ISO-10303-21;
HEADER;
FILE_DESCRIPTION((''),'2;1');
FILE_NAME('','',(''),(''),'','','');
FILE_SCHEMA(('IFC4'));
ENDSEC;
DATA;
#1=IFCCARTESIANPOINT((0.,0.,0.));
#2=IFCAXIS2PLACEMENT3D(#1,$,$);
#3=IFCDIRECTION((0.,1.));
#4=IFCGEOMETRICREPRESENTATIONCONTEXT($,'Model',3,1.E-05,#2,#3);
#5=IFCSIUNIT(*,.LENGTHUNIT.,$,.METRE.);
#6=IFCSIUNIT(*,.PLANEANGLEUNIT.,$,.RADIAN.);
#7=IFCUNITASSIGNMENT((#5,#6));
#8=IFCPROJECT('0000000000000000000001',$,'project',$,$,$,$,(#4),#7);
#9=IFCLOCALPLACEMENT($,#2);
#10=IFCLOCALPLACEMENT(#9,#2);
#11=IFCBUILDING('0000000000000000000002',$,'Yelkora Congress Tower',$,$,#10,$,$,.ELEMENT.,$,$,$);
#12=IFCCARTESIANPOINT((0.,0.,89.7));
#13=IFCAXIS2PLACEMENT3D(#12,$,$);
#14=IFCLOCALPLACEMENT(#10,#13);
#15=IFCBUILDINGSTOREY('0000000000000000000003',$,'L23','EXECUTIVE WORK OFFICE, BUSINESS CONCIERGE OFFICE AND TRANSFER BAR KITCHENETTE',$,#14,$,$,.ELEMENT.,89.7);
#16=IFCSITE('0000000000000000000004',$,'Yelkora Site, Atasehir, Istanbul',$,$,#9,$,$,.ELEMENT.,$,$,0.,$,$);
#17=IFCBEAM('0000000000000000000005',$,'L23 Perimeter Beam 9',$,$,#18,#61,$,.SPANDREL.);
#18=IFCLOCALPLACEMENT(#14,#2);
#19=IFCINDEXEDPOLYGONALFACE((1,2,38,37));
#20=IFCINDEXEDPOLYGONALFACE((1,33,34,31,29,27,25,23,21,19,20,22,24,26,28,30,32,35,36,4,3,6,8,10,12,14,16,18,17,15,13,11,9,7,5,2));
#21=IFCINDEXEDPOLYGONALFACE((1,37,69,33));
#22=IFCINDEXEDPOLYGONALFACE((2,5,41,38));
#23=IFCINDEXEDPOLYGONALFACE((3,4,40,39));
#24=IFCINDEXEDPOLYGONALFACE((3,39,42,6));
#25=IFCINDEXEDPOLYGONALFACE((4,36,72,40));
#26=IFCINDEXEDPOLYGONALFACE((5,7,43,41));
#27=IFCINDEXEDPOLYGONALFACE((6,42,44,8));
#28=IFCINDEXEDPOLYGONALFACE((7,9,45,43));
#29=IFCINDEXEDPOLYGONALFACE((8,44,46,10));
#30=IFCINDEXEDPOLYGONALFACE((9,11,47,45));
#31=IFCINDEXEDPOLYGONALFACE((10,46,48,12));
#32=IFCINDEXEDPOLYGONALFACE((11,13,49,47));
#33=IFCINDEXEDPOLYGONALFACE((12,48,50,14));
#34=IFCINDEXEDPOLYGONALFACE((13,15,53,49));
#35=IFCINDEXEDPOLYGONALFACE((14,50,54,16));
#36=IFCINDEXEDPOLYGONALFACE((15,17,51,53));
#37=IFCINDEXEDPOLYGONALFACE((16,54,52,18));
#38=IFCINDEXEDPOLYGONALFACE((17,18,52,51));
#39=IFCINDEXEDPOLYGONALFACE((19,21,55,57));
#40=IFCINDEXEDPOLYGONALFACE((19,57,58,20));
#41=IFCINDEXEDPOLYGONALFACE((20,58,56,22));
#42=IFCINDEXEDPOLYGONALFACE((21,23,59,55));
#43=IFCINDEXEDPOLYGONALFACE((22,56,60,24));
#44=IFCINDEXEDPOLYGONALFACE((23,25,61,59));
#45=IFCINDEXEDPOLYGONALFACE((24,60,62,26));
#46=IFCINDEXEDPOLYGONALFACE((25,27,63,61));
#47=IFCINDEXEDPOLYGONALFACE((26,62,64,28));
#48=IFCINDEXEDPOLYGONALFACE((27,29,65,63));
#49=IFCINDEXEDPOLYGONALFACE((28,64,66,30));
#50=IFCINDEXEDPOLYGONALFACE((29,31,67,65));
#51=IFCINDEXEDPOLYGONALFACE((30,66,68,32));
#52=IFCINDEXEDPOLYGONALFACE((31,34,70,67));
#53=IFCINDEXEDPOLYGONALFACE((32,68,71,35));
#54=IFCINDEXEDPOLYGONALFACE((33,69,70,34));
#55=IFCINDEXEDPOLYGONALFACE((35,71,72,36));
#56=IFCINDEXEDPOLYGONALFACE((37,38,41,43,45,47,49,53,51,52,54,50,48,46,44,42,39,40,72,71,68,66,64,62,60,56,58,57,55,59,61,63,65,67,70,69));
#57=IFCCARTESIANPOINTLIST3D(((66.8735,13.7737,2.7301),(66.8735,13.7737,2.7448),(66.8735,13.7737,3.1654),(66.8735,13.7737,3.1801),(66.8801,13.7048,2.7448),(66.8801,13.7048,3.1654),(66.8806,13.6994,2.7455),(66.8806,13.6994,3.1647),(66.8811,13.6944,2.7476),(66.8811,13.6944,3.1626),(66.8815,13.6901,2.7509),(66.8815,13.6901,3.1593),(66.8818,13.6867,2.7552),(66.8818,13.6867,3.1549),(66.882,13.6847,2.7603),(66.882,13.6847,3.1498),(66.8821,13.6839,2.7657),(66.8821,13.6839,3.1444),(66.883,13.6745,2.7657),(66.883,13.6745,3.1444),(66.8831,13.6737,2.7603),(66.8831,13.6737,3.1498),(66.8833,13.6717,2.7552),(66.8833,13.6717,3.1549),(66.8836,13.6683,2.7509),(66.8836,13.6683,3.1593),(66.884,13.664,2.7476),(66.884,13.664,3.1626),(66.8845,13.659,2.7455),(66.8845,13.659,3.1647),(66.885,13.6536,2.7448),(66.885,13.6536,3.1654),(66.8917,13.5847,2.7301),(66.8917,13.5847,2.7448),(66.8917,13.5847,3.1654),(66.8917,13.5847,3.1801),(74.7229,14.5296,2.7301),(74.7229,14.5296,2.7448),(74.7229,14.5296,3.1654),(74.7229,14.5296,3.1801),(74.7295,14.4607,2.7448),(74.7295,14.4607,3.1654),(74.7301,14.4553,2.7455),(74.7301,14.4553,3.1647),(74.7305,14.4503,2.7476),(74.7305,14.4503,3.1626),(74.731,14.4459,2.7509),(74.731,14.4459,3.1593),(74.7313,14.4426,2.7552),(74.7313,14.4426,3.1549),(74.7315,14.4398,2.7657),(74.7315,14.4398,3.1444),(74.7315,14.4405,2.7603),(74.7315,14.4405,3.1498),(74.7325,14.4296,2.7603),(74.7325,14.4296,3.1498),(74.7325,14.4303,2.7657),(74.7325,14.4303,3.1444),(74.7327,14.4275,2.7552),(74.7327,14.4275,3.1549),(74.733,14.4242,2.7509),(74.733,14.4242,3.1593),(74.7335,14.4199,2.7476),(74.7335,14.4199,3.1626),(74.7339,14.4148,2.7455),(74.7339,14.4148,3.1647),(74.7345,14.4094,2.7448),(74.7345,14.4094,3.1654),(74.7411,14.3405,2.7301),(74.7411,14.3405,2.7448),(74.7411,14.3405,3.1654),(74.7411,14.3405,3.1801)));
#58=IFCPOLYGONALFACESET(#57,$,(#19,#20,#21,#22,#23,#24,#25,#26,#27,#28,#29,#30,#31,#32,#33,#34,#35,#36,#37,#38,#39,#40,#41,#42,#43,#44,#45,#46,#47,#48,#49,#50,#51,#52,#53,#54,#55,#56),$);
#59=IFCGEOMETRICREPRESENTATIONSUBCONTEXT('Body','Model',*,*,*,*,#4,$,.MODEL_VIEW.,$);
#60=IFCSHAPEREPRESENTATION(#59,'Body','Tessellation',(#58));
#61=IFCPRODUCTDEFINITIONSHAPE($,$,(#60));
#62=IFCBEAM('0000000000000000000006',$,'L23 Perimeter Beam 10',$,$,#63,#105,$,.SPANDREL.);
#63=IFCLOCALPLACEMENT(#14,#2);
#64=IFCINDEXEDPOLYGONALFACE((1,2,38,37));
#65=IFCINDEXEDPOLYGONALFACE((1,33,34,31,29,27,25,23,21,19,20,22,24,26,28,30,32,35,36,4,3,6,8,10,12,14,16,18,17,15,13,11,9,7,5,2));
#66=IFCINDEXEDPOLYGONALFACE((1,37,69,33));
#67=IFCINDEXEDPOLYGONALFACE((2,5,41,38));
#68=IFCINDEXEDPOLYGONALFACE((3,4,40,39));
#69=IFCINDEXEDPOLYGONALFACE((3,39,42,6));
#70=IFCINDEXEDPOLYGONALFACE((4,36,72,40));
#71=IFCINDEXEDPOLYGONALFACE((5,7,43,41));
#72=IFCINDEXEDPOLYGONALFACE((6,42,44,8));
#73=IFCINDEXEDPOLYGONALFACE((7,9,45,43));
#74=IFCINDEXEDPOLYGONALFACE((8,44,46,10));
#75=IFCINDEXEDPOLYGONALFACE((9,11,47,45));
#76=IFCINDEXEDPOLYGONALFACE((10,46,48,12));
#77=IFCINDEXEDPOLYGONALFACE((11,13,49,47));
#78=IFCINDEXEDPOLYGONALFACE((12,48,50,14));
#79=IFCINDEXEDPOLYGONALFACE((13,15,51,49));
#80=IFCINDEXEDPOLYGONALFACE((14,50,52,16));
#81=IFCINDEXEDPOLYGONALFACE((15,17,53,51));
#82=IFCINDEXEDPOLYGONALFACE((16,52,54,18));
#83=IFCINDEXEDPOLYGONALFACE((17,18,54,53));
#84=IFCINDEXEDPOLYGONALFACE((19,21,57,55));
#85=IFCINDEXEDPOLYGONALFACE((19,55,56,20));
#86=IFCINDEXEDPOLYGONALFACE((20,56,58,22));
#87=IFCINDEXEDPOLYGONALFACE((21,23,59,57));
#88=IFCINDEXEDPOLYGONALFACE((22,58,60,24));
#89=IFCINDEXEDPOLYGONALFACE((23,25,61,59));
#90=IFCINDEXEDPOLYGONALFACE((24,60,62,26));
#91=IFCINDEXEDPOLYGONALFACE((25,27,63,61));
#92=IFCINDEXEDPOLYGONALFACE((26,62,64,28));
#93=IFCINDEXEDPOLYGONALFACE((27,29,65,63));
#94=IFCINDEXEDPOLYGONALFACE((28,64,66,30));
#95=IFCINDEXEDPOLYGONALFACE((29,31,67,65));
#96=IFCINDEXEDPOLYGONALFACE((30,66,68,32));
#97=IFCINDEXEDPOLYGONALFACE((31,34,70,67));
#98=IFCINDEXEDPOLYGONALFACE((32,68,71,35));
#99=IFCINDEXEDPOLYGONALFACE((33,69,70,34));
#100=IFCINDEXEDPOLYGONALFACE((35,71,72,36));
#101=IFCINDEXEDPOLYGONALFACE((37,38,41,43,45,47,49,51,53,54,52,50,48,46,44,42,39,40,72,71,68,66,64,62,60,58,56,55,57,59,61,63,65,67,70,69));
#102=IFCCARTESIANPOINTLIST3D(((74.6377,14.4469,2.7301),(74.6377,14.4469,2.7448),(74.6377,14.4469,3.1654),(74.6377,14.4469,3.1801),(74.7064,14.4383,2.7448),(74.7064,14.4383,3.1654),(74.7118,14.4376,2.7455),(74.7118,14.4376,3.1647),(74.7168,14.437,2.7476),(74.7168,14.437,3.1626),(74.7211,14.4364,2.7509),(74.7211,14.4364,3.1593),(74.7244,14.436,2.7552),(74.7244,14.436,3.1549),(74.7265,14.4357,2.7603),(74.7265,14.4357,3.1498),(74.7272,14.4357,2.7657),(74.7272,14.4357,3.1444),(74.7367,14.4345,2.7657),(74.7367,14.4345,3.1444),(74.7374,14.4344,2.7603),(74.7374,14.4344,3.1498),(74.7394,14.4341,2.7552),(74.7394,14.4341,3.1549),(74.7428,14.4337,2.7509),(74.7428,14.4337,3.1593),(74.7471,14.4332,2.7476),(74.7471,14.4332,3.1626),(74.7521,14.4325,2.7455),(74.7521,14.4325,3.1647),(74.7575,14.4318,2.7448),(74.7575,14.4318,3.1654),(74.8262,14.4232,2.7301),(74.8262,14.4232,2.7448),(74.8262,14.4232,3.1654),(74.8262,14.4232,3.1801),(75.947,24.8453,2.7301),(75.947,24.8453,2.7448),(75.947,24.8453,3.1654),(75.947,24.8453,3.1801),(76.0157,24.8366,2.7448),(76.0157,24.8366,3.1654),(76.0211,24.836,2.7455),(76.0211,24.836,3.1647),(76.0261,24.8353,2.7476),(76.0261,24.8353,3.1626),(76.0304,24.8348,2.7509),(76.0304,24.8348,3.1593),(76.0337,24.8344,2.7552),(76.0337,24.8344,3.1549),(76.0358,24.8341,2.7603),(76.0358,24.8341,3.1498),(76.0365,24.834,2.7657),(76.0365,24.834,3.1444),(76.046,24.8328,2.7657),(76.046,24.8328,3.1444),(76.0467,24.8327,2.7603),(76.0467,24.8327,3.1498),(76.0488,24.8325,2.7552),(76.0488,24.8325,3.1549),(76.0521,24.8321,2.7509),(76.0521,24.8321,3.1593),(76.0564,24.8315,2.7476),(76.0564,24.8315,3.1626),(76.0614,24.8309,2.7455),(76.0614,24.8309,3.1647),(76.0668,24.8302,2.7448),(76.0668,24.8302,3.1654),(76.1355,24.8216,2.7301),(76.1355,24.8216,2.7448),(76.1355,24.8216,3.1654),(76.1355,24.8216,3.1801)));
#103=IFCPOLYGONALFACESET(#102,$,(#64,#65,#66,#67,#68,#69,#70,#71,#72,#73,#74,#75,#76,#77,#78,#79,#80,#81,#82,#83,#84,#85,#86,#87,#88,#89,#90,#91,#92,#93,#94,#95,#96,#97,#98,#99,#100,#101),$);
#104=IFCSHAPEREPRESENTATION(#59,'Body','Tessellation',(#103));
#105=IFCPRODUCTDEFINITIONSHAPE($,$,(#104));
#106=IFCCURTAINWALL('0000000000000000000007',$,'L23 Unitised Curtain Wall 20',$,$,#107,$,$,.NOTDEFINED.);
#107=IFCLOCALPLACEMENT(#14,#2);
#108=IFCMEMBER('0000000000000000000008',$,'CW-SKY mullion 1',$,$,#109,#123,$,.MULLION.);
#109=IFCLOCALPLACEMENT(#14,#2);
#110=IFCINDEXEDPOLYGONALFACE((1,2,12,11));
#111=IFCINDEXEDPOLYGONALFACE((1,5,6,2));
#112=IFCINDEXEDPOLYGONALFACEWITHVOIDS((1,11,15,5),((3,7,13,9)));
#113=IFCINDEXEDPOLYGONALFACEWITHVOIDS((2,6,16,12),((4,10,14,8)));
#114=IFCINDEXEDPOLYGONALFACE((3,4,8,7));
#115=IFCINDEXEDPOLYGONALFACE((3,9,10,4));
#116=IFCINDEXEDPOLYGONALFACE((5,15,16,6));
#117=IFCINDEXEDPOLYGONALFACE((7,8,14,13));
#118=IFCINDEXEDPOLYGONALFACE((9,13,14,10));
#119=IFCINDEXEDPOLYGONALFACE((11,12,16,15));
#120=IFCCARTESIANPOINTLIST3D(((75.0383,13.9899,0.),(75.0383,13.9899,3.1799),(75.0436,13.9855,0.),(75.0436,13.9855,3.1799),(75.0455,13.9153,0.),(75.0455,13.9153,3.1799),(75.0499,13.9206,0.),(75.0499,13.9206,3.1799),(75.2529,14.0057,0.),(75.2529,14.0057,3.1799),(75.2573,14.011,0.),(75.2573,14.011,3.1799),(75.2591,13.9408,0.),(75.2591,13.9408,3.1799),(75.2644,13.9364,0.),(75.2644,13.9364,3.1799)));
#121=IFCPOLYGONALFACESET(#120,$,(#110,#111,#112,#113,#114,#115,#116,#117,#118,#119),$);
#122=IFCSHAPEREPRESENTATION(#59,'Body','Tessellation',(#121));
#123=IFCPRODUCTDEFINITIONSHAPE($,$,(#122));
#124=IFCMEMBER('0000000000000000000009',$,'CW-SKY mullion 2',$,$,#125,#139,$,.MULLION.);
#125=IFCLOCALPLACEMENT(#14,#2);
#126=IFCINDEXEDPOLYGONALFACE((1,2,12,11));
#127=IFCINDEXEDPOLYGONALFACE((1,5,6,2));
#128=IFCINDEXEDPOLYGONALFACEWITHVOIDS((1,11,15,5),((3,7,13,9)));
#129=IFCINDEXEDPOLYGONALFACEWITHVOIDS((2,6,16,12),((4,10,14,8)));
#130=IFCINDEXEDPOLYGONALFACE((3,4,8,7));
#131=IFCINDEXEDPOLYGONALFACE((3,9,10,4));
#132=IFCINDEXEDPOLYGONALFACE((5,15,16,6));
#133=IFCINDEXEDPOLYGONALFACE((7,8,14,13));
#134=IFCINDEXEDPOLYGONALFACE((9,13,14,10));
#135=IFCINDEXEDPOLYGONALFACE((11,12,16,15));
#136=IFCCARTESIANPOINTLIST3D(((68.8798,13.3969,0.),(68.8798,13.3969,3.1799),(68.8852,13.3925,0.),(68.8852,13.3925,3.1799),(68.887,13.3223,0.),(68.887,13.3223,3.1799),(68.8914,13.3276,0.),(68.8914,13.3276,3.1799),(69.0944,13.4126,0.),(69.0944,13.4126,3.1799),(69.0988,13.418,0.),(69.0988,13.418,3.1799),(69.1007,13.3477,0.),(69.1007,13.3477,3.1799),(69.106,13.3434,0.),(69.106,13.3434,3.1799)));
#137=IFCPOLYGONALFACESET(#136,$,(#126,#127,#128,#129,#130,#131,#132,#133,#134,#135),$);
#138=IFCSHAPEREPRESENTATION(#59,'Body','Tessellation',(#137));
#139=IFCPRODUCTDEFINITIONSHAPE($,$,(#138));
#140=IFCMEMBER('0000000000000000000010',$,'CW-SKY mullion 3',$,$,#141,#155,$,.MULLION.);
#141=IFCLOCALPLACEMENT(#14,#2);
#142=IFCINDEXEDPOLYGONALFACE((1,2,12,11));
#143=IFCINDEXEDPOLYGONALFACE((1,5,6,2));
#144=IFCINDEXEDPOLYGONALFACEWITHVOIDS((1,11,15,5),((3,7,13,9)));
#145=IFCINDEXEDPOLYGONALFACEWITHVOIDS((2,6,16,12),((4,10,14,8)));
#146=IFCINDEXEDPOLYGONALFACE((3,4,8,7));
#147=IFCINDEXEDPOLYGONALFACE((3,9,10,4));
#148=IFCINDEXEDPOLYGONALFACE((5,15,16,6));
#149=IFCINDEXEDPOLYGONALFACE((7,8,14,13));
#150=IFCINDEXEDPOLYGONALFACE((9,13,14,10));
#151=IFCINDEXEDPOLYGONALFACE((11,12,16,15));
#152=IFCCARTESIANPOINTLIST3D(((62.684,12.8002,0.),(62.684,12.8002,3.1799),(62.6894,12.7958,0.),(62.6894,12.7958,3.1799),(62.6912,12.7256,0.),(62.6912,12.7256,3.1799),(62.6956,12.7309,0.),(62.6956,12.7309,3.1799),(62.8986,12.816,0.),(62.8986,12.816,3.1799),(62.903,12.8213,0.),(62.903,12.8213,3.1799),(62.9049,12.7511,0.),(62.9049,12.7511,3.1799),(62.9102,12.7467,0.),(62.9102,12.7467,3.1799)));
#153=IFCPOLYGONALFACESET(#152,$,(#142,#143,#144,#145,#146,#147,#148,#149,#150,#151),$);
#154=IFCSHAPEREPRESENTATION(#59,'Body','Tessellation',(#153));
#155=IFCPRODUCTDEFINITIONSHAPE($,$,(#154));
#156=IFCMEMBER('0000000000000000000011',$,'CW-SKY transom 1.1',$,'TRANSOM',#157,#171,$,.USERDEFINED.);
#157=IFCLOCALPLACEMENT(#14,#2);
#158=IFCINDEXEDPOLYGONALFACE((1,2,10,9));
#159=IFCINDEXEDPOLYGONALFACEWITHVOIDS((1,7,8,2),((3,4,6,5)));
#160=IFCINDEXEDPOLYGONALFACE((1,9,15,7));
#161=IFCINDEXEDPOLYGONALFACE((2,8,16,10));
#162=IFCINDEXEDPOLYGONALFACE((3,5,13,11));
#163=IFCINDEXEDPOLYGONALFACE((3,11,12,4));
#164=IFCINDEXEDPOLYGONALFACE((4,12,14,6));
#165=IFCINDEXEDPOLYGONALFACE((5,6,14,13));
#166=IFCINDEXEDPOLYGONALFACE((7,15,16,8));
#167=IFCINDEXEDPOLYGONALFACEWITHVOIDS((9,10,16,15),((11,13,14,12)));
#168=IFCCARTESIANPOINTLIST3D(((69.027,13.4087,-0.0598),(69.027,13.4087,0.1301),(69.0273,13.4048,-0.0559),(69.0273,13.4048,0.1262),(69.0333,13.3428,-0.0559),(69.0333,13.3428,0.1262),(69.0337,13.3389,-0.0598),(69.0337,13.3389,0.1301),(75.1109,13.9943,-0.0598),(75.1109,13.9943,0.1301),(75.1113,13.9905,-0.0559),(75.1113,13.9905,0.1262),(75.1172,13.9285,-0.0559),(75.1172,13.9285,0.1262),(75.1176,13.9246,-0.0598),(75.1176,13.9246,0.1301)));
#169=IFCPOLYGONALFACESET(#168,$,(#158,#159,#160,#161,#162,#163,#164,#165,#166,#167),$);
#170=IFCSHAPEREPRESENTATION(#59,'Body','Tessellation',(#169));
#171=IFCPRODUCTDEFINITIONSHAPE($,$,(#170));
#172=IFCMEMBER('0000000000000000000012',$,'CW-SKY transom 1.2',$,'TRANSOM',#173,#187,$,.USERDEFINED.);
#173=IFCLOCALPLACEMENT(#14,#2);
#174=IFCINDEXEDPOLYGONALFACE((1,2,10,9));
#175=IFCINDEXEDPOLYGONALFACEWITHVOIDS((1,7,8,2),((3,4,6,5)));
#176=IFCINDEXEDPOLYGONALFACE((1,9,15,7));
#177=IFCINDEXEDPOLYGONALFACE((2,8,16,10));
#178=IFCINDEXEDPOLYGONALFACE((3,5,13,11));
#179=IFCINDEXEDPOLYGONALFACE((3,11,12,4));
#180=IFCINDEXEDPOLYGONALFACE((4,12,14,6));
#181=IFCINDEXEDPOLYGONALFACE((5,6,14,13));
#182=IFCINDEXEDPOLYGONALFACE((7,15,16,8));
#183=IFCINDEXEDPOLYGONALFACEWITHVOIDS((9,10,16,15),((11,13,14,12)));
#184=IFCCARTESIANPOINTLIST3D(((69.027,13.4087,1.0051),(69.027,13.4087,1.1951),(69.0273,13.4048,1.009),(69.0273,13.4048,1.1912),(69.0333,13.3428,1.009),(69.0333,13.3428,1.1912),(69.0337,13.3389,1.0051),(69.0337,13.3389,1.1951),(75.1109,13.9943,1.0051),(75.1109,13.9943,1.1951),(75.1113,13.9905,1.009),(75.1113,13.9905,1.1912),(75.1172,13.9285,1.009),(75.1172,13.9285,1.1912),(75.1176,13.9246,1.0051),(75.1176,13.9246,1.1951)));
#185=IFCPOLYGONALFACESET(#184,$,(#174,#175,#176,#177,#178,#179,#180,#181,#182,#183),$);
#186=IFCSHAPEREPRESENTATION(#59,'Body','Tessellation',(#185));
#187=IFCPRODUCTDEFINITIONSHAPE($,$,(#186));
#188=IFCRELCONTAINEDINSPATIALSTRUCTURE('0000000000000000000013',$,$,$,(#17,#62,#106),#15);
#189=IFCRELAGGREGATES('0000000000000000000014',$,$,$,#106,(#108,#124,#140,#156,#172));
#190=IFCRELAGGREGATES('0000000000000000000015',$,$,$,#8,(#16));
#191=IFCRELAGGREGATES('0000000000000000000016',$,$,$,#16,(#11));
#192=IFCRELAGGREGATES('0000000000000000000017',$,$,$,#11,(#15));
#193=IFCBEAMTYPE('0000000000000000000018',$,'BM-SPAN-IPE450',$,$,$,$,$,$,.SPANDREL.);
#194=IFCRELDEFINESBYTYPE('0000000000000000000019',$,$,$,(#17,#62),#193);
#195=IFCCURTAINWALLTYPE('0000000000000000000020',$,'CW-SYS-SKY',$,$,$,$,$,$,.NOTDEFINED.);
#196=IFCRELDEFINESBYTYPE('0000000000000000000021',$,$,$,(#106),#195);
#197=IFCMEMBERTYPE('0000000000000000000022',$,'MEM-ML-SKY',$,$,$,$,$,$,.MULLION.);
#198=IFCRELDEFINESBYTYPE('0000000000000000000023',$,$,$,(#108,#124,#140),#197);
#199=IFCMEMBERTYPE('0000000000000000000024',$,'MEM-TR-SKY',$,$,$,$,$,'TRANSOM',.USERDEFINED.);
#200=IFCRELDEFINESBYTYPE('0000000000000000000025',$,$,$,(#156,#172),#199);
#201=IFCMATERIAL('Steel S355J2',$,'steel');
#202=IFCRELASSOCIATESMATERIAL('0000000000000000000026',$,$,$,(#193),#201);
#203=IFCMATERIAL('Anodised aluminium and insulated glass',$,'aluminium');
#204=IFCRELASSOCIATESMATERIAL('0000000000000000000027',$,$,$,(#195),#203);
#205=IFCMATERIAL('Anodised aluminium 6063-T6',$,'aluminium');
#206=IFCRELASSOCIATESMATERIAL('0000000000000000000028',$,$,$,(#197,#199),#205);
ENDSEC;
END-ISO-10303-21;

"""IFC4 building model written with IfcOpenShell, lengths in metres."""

from ifc_helpers import new_model, si_unit, direction, frame, origin, origin_2d, place, context, subcontext, project, spatial, hollow_rectangle, i_section, extrude, material, material_profile, profile_set, type_object, element, aggregate, save


model = new_model("IFC4")

# Units and contexts
model_context = context("Model", 3, precision=1e-05, world=origin(), true_north=direction((0.0, 1.0)))
body_context = subcontext(model_context, "Body", "Model", "MODEL_VIEW")
ifc_project = project(units=[si_unit("LENGTHUNIT", "METRE"), si_unit("PLANEANGLEUNIT", "RADIAN")], contexts=[model_context])

# Site, building, storey
site_placement = place(None, origin())
site = spatial("IfcSite", under=ifc_project, at=site_placement, Name="Yelkora Site, Atasehir, Istanbul", CompositionType="ELEMENT", RefElevation=0.0)
building_placement = place(site_placement, origin())
building = spatial("IfcBuilding", under=site, at=building_placement, Name="Yelkora Congress Tower", CompositionType="ELEMENT")
storey_placement = place(building_placement, frame((0.0, 0.0, 89.7)))
storey = spatial("IfcBuildingStorey", under=building, at=storey_placement, Name="L23", Description="EXECUTIVE WORK OFFICE, BUSINESS CONCIERGE OFFICE AND TRANSFER BAR KITCHENETTE", CompositionType="ELEMENT", Elevation=89.7)

# Beams
ifc_material_1 = material(Name="Steel S355J2", Category="steel")
ifc_material_profile_1 = material_profile(ifc_material_1, i_section(OverallWidth=0.1899, OverallDepth=0.45, WebThickness=0.0095, FlangeThickness=0.0146, FilletRadius=0.021, at=origin_2d()), Name="IPE 450")
ifc_profile_set_1 = profile_set([ifc_material_profile_1], Name="Steel S355J2")
beam_type_1 = type_object("IfcBeamType", Name="BM-SPAN-IPE450", PredefinedType="SPANDREL", material=ifc_profile_set_1)
beam_1_placement = place(storey_placement, frame((66.8826, 13.6792, 2.9551), z_axis=(0.995396, 0.095852, 0.0), x_axis=(-0.095852, 0.995396, 0.0)))
element("IfcBeam", 1, at=beam_1_placement, inside=storey, type_object=beam_type_1, Name="L23 Perimeter Beam 9", PredefinedType="SPANDREL", context=body_context, shape_type="SweptSolid", body=[
    extrude(i_section(OverallWidth=0.1899, OverallDepth=0.45, WebThickness=0.0095, FlangeThickness=0.0146, FilletRadius=0.021, at=origin_2d()), origin(), (0.0, 0.0, 1.0), 7.8857),
])
beam_2_placement = place(storey_placement, frame((74.7319, 14.4351, 2.9551), z_axis=(0.124929, 0.992166, 0.0), x_axis=(-0.992166, 0.124929, 0.0)))
element("IfcBeam", 2, at=beam_2_placement, inside=storey, type_object=beam_type_1, Name="L23 Perimeter Beam 10", PredefinedType="SPANDREL", context=body_context, shape_type="SweptSolid", body=[
    extrude(i_section(OverallWidth=0.1899, OverallDepth=0.45, WebThickness=0.0095, FlangeThickness=0.0146, FilletRadius=0.021, at=origin_2d()), origin(), (0.0, 0.0, 1.0), 10.4805),
])

# Curtain wall, members
ifc_material_2 = material(Name="Anodised aluminium and insulated glass", Category="aluminium")
curtain_wall_type = type_object("IfcCurtainWallType", Name="CW-SYS-SKY", PredefinedType="NOTDEFINED", material=ifc_material_2)
curtain_wall_placement = place(storey_placement, origin())
curtain_wall = element("IfcCurtainWall", 3, at=curtain_wall_placement, inside=storey, type_object=curtain_wall_type, Name="L23 Unitised Curtain Wall 20", PredefinedType="NOTDEFINED")
ifc_material_3 = material(Name="Anodised aluminium 6063-T6", Category="aluminium")
ifc_material_profile_2 = material_profile(ifc_material_3, hollow_rectangle(XDim=0.075, YDim=0.22, WallThickness=0.0049, at=origin_2d()), Name="ALU 75x220x5")
ifc_profile_set_2 = profile_set([ifc_material_profile_2], Name="Anodised aluminium 6063-T6")
member_type_1 = type_object("IfcMemberType", Name="MEM-ML-SKY", PredefinedType="MULLION", material=ifc_profile_set_2)
member_1_placement = place(storey_placement, frame((75.1514, 13.9631, 0.0), z_axis=(0.0, 0.0, 1.0), x_axis=(0.095844, -0.995396, 0.0)))
member_1 = element("IfcMember", 4, at=member_1_placement, type_object=member_type_1, Name="CW-SKY mullion 1", PredefinedType="MULLION", context=body_context, shape_type="SweptSolid", body=[
    extrude(hollow_rectangle(XDim=0.075, YDim=0.22, WallThickness=0.0049, at=origin_2d()), origin(), (0.0, 0.0, 1.0), 3.1799),
])
member_2_placement = place(storey_placement, frame((68.9929, 13.3701, 0.0), z_axis=(0.0, 0.0, 1.0), x_axis=(0.095844, -0.995396, 0.0)))
member_2 = element("IfcMember", 5, at=member_2_placement, type_object=member_type_1, Name="CW-SKY mullion 2", PredefinedType="MULLION", context=body_context, shape_type="SweptSolid", body=[
    extrude(hollow_rectangle(XDim=0.075, YDim=0.22, WallThickness=0.0049, at=origin_2d()), origin(), (0.0, 0.0, 1.0), 3.1799),
])
member_3_placement = place(storey_placement, frame((62.7971, 12.7734, 0.0), z_axis=(0.0, 0.0, 1.0), x_axis=(0.095844, -0.995396, 0.0)))
member_3 = element("IfcMember", 6, at=member_3_placement, type_object=member_type_1, Name="CW-SKY mullion 3", PredefinedType="MULLION", context=body_context, shape_type="SweptSolid", body=[
    extrude(hollow_rectangle(XDim=0.075, YDim=0.22, WallThickness=0.0049, at=origin_2d()), origin(), (0.0, 0.0, 1.0), 3.1799),
])
ifc_material_profile_3 = material_profile(ifc_material_3, hollow_rectangle(XDim=0.0701, YDim=0.1899, WallThickness=0.0039, at=origin_2d()), Name="ALU 70x190x4")
ifc_profile_set_3 = profile_set([ifc_material_profile_3], Name="Anodised aluminium 6063-T6")
member_type_2 = type_object("IfcMemberType", Name="MEM-TR-SKY", ElementType="TRANSOM", PredefinedType="USERDEFINED", material=ifc_profile_set_3)
member_4_placement = place(storey_placement, frame((75.1143, 13.9595, 0.0352), z_axis=(-0.995398, -0.095825, 0.0), x_axis=(0.095825, -0.995398, 0.0)))
member_4 = element("IfcMember", 7, at=member_4_placement, type_object=member_type_2, Name="CW-SKY transom 1.1", ObjectType="TRANSOM", PredefinedType="USERDEFINED", context=body_context, shape_type="SweptSolid", body=[
    extrude(hollow_rectangle(XDim=0.0701, YDim=0.1899, WallThickness=0.0039, at=origin_2d()), origin(), (0.0, 0.0, 1.0), 6.1121),
])
member_5_placement = place(storey_placement, frame((75.1143, 13.9595, 1.1001), z_axis=(-0.995398, -0.095825, 0.0), x_axis=(0.095825, -0.995398, 0.0)))
member_5 = element("IfcMember", 8, at=member_5_placement, type_object=member_type_2, Name="CW-SKY transom 1.2", ObjectType="TRANSOM", PredefinedType="USERDEFINED", context=body_context, shape_type="SweptSolid", body=[
    extrude(hollow_rectangle(XDim=0.0701, YDim=0.1899, WallThickness=0.0039, at=origin_2d()), origin(), (0.0, 0.0, 1.0), 6.1121),
])
aggregate(curtain_wall, [member_1, member_2, member_3, member_4, member_5])

save(model, "model.ifc")
